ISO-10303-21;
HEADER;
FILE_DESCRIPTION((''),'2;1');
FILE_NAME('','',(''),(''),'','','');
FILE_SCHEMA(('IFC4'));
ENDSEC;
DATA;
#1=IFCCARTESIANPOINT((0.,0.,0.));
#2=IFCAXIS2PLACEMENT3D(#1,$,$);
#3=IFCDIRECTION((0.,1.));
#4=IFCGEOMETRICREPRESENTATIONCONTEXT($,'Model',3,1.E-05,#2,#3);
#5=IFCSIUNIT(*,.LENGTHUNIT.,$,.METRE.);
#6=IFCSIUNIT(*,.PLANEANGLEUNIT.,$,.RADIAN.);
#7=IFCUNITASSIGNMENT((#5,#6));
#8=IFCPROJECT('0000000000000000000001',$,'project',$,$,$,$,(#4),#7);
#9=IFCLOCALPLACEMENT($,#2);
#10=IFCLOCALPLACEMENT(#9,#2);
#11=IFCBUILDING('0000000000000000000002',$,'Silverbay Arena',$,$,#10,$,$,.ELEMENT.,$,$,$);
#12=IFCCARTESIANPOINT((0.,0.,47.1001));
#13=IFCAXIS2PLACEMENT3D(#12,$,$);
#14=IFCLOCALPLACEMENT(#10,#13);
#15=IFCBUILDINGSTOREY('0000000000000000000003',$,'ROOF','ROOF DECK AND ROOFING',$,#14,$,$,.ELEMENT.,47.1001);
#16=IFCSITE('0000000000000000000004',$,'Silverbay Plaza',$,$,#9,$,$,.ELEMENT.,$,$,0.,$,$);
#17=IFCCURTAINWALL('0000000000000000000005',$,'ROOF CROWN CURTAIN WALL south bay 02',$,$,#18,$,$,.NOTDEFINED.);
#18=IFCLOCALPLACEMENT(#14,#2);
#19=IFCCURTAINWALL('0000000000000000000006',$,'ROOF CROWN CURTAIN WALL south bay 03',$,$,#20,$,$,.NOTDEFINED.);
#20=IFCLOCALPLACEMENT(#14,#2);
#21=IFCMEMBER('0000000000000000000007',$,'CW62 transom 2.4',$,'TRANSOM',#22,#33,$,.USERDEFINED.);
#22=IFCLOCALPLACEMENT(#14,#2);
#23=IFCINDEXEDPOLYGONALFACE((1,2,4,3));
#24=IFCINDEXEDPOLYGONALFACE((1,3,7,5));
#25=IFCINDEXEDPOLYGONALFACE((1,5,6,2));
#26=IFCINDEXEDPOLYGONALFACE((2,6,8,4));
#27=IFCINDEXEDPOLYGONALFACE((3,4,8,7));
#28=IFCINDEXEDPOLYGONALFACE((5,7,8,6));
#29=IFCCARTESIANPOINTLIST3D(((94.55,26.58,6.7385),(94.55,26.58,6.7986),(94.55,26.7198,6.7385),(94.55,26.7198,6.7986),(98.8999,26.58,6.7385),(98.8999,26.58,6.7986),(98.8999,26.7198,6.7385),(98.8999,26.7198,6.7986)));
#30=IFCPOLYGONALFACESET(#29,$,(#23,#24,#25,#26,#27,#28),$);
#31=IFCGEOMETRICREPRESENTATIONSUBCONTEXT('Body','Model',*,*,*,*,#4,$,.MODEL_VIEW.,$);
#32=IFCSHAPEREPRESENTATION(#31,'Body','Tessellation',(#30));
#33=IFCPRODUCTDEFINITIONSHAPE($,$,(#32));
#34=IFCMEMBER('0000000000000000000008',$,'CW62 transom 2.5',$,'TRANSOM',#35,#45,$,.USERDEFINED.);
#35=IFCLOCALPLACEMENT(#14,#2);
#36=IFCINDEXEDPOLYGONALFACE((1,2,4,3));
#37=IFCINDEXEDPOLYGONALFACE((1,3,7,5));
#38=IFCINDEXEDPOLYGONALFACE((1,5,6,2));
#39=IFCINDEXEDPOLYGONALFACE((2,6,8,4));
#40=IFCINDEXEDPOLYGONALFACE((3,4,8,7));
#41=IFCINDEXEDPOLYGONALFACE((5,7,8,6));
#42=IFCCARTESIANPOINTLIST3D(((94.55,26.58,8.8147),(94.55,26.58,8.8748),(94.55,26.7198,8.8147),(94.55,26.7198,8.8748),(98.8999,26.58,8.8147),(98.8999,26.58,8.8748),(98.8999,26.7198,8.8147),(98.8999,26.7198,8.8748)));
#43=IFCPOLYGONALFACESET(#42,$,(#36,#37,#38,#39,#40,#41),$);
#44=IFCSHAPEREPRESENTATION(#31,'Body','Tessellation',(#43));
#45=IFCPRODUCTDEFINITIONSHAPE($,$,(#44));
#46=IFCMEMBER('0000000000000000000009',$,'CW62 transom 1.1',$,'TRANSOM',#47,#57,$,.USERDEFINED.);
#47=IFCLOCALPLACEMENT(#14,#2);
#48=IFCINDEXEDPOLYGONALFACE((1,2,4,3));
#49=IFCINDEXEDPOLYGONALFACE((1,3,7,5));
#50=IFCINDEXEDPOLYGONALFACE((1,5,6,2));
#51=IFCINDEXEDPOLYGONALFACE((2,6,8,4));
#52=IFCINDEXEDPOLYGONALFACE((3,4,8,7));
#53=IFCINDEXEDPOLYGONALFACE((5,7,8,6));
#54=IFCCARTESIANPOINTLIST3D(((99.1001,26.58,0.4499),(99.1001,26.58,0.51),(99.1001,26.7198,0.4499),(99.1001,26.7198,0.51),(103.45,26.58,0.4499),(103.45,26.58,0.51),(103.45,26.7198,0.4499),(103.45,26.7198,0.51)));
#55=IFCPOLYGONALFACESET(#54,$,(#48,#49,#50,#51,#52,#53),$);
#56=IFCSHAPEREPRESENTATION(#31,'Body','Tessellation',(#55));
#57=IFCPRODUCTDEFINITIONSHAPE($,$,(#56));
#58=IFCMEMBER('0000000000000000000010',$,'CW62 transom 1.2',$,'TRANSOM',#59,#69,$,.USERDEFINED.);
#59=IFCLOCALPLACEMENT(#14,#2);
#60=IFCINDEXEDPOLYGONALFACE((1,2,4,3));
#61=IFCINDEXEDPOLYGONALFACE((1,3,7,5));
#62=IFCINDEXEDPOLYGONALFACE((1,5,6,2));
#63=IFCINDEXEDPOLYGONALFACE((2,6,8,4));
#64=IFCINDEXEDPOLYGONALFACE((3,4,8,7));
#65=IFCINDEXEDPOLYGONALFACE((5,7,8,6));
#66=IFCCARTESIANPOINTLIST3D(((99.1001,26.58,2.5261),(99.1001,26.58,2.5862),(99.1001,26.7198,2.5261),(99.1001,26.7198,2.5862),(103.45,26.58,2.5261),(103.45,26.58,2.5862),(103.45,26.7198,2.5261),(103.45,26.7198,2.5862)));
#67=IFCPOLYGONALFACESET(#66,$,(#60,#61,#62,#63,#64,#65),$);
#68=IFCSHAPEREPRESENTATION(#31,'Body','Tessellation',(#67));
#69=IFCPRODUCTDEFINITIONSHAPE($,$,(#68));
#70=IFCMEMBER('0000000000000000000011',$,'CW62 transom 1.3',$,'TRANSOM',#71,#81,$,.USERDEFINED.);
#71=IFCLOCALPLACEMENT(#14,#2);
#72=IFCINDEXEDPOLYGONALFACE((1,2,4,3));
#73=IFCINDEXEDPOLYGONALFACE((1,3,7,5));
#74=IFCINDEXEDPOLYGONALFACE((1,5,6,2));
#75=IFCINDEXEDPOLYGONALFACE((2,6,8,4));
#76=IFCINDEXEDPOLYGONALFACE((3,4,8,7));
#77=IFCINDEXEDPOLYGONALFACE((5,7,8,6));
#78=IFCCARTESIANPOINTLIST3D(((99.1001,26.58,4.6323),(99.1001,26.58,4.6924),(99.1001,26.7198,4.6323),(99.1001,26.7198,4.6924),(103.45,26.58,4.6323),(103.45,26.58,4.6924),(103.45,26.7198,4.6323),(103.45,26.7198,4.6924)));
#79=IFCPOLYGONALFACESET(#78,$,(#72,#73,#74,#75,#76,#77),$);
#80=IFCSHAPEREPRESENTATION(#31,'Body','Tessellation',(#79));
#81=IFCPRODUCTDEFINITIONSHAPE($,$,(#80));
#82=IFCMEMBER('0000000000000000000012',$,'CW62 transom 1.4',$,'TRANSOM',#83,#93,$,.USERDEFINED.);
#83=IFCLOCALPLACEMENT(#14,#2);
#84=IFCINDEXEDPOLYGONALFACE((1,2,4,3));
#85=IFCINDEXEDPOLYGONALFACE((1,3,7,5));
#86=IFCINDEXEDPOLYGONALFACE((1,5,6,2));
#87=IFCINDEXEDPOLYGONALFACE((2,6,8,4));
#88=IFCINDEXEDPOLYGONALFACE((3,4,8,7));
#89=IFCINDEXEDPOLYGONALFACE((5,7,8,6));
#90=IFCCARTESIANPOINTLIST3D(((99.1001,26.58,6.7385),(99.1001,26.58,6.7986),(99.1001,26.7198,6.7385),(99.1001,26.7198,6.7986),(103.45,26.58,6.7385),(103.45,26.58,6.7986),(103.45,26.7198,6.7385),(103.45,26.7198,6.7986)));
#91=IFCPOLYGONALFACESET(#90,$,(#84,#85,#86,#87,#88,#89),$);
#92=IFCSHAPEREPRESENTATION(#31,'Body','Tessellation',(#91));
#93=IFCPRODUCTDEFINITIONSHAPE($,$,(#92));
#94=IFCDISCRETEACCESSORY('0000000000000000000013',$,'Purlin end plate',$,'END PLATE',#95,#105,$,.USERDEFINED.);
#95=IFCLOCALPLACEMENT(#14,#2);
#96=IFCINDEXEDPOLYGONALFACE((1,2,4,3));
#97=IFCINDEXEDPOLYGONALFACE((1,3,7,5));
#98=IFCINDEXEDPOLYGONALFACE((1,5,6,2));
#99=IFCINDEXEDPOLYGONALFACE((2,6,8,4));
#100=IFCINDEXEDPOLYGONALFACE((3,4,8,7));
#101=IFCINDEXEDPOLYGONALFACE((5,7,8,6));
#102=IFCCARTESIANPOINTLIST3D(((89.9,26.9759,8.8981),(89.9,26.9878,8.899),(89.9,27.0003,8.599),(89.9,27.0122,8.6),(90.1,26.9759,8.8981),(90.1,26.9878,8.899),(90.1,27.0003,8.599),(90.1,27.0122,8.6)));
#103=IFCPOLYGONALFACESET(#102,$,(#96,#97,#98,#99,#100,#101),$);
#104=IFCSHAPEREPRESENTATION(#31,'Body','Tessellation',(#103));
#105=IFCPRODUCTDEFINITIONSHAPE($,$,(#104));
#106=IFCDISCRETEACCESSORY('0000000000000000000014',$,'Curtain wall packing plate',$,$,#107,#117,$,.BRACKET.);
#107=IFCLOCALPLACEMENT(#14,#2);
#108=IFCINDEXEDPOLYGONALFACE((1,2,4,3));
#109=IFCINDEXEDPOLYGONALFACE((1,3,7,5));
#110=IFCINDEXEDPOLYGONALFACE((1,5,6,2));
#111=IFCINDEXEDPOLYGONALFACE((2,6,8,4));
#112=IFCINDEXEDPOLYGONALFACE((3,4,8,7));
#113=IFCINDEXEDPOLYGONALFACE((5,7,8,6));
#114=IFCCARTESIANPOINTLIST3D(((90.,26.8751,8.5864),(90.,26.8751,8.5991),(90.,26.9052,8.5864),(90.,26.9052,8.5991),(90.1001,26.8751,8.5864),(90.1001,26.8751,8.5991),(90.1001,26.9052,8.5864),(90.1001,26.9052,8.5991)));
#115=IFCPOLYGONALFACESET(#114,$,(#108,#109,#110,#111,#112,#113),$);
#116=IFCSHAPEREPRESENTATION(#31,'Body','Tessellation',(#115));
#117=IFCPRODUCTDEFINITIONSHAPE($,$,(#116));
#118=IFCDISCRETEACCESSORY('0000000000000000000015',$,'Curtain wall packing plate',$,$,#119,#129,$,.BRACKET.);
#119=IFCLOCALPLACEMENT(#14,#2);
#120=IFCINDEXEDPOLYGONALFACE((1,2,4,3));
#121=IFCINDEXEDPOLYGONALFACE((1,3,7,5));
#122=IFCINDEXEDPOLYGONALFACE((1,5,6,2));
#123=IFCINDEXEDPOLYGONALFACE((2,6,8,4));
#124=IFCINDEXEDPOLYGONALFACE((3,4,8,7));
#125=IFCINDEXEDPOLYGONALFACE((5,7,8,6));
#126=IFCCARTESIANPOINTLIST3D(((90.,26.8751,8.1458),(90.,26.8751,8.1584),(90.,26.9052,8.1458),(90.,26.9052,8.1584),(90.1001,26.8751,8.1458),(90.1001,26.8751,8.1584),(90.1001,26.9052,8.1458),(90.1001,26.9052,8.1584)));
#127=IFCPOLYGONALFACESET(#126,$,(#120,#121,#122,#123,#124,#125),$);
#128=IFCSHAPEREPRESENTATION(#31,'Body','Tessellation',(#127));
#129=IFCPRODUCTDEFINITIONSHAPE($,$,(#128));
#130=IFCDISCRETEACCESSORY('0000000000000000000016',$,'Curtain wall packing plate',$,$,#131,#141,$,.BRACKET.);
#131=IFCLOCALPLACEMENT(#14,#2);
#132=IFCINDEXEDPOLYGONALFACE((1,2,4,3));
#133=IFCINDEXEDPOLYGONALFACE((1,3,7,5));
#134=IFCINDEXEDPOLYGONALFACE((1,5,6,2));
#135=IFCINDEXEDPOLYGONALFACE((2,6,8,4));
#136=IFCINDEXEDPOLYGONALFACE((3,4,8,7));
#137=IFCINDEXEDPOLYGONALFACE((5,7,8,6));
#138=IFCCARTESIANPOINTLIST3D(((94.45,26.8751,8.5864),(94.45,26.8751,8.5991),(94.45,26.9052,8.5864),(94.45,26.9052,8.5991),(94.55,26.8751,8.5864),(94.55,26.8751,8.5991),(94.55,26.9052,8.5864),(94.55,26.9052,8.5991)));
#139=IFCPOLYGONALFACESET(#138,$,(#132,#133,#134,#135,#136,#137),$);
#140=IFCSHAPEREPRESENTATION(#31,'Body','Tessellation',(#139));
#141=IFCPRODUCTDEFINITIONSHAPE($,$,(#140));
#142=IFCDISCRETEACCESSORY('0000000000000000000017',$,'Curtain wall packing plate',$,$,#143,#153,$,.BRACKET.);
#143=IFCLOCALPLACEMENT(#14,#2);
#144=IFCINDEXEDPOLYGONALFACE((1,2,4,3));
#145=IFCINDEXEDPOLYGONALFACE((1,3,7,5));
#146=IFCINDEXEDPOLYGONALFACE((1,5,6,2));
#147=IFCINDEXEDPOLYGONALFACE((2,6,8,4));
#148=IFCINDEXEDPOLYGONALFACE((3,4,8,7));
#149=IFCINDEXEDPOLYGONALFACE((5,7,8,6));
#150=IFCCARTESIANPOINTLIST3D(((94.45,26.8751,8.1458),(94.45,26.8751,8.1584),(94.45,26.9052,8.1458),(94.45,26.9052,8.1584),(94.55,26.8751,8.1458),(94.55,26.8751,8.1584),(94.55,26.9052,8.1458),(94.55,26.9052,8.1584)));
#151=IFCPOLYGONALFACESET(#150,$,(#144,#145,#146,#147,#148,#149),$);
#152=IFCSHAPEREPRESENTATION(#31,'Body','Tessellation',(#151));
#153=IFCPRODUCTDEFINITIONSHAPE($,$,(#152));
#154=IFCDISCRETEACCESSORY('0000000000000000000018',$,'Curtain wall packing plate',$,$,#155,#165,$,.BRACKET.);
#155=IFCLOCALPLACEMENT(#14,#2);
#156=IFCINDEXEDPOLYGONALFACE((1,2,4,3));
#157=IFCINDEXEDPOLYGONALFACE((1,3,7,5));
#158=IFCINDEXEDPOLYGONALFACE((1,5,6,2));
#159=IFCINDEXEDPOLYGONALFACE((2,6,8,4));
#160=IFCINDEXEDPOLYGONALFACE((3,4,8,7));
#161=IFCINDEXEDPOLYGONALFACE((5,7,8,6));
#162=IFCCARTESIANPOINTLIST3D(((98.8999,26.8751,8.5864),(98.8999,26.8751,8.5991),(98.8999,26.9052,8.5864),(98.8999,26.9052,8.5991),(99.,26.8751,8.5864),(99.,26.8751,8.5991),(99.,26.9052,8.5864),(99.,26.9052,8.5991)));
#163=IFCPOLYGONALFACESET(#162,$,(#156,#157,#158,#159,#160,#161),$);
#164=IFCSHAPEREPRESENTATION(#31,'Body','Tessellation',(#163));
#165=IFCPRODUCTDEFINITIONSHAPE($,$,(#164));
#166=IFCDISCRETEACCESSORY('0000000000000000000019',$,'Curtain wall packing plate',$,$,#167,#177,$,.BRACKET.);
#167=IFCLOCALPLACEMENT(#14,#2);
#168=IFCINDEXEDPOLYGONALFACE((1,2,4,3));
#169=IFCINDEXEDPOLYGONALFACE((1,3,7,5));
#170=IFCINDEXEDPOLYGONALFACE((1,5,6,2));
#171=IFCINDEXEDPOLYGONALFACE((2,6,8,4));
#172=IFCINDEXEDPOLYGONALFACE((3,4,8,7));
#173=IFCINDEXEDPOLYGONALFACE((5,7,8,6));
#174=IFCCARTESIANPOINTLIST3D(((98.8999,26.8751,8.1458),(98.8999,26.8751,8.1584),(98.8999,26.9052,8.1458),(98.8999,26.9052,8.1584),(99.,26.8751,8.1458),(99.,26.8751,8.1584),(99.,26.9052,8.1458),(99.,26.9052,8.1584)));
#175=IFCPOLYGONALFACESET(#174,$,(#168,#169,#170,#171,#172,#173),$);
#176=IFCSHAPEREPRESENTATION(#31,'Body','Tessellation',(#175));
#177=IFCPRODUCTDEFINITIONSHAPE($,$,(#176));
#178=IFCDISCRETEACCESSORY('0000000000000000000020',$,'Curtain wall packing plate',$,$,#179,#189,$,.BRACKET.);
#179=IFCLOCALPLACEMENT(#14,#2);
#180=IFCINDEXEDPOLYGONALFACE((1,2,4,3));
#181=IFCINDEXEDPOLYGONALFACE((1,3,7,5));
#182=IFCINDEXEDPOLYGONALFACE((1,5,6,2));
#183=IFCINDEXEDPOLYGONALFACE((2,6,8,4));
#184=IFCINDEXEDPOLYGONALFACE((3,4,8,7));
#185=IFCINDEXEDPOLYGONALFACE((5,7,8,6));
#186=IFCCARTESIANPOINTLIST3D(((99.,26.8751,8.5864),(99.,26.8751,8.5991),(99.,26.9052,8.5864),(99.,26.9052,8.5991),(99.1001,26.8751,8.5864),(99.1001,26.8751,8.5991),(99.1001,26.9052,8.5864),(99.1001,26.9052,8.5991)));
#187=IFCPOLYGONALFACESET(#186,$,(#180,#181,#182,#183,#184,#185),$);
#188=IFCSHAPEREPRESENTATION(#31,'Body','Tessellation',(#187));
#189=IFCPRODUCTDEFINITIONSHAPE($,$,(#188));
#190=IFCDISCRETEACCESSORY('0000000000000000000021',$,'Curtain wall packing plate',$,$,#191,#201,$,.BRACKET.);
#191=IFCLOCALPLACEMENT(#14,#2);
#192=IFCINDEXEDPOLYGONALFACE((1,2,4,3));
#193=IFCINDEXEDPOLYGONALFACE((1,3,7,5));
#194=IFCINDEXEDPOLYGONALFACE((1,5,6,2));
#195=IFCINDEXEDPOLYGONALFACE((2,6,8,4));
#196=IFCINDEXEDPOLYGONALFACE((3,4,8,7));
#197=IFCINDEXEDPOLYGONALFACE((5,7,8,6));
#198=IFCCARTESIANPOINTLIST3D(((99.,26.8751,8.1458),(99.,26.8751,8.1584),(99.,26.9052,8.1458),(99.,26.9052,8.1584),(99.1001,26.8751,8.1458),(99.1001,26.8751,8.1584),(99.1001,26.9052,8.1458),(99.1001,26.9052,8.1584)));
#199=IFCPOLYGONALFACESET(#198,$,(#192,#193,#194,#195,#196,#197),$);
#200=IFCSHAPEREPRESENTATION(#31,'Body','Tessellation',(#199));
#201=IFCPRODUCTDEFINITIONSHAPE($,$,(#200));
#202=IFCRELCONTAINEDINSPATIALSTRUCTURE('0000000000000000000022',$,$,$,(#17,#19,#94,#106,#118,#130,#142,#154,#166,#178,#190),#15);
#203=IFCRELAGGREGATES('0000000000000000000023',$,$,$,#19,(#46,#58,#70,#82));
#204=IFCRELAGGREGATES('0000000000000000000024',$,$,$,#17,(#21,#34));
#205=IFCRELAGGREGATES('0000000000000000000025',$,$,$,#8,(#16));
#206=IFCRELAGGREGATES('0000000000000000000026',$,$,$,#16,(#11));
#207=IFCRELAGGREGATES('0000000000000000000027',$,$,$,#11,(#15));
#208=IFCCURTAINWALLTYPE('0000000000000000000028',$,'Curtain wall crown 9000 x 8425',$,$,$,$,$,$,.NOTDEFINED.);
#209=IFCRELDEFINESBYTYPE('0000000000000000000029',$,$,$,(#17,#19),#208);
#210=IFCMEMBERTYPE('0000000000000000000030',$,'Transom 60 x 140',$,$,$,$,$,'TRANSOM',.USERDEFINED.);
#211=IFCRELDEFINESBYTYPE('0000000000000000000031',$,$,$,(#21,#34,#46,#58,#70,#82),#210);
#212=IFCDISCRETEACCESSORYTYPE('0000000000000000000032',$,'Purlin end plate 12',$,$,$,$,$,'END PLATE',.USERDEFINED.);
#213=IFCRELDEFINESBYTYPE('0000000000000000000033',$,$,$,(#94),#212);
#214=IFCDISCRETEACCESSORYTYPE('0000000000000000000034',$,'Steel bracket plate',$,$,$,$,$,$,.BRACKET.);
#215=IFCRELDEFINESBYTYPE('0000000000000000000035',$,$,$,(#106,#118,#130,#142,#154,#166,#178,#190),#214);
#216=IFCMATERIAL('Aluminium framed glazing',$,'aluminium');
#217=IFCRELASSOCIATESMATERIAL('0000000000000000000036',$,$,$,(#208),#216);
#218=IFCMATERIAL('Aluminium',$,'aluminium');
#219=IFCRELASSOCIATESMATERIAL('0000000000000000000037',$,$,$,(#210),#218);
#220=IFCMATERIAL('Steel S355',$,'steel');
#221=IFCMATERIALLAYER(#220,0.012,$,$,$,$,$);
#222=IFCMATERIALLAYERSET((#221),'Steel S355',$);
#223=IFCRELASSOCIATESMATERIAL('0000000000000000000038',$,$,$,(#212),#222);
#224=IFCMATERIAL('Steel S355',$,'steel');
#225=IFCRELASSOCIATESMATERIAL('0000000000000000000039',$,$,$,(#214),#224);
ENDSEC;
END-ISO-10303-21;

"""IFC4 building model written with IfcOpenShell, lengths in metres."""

from ifc_helpers import new_model, si_unit, direction, frame, origin, origin_2d, place, context, subcontext, project, spatial, rectangle, extrude, material, layer, layer_set, material_profile, profile_set, type_object, element, aggregate, save


model = new_model("IFC4")

# Units and contexts
model_context = context("Model", 3, precision=1e-05, world=origin(), true_north=direction((0.0, 1.0)))
body_context = subcontext(model_context, "Body", "Model", "MODEL_VIEW")
ifc_project = project(units=[si_unit("LENGTHUNIT", "METRE"), si_unit("PLANEANGLEUNIT", "RADIAN")], contexts=[model_context])

# Site, building, storey
site_placement = place(None, origin())
site = spatial("IfcSite", under=ifc_project, at=site_placement, Name="Silverbay Plaza", CompositionType="ELEMENT", RefElevation=0.0)
building_placement = place(site_placement, origin())
building = spatial("IfcBuilding", under=site, at=building_placement, Name="Silverbay Arena", CompositionType="ELEMENT")
storey_placement = place(building_placement, frame((0.0, 0.0, 47.1001)))
storey = spatial("IfcBuildingStorey", under=building, at=storey_placement, Name="ROOF", Description="ROOF DECK AND ROOFING", CompositionType="ELEMENT", Elevation=47.1001)

# Curtain wall
ifc_material_1 = material(Name="Aluminium framed glazing", Category="aluminium")
curtain_wall_type = type_object("IfcCurtainWallType", Name="Curtain wall crown 9000 x 8425", PredefinedType="NOTDEFINED", material=ifc_material_1)
curtain_wall_1_placement = place(storey_placement, origin())
curtain_wall_1 = element("IfcCurtainWall", 1, at=curtain_wall_1_placement, inside=storey, type_object=curtain_wall_type, Name="ROOF CROWN CURTAIN WALL south bay 02", PredefinedType="NOTDEFINED")
placement = place(building_placement, frame((0.0, 0.0, 33.5)))

# Curtain wall
curtain_wall_2_placement = place(storey_placement, origin())
curtain_wall_2 = element("IfcCurtainWall", 2, at=curtain_wall_2_placement, inside=storey, type_object=curtain_wall_type, Name="ROOF CROWN CURTAIN WALL south bay 03", PredefinedType="NOTDEFINED")

# Members
ifc_material_2 = material(Name="Aluminium", Category="aluminium")
ifc_material_profile_1 = material_profile(ifc_material_2, rectangle(XDim=0.1399, YDim=0.0601, at=origin_2d()), Name="Transom 60 x 140")
ifc_profile_set_1 = profile_set([ifc_material_profile_1], Name="Aluminium")
member_type_1 = type_object("IfcMemberType", Name="Transom 60 x 140", ElementType="TRANSOM", PredefinedType="USERDEFINED", material=ifc_profile_set_1)
member_1_placement = place(placement, frame((94.55, 26.6499, 20.3687), z_axis=(1.0, 0.0, 0.0), x_axis=(0.0, 1.0, 0.0)))
member_1 = element("IfcMember", 3, at=member_1_placement, type_object=member_type_1, Name="CW62 transom 2.4", ObjectType="TRANSOM", PredefinedType="USERDEFINED", context=body_context, shape_type="SweptSolid", body=[
    extrude(rectangle(XDim=0.1399, YDim=0.0601, at=origin_2d()), origin(), (0.0, 0.0, 1.0), 4.3499),
])
member_2_placement = place(placement, frame((94.55, 26.6499, 22.4448), z_axis=(1.0, 0.0, 0.0), x_axis=(0.0, 1.0, 0.0)))
member_2 = element("IfcMember", 4, at=member_2_placement, type_object=member_type_1, Name="CW62 transom 2.5", ObjectType="TRANSOM", PredefinedType="USERDEFINED", context=body_context, shape_type="SweptSolid", body=[
    extrude(rectangle(XDim=0.1399, YDim=0.0601, at=origin_2d()), origin(), (0.0, 0.0, 1.0), 4.3499),
])
member_3_placement = place(placement, frame((99.1001, 26.6499, 14.0801), z_axis=(1.0, 0.0, 0.0), x_axis=(0.0, 1.0, 0.0)))
member_3 = element("IfcMember", 5, at=member_3_placement, type_object=member_type_1, Name="CW62 transom 1.1", ObjectType="TRANSOM", PredefinedType="USERDEFINED", context=body_context, shape_type="SweptSolid", body=[
    extrude(rectangle(XDim=0.1399, YDim=0.0601, at=origin_2d()), origin(), (0.0, 0.0, 1.0), 4.3499),
])
member_4_placement = place(placement, frame((99.1001, 26.6499, 16.1562), z_axis=(1.0, 0.0, 0.0), x_axis=(0.0, 1.0, 0.0)))
member_4 = element("IfcMember", 6, at=member_4_placement, type_object=member_type_1, Name="CW62 transom 1.2", ObjectType="TRANSOM", PredefinedType="USERDEFINED", context=body_context, shape_type="SweptSolid", body=[
    extrude(rectangle(XDim=0.1399, YDim=0.0601, at=origin_2d()), origin(), (0.0, 0.0, 1.0), 4.3499),
])
member_5_placement = place(placement, frame((99.1001, 26.6499, 18.2625), z_axis=(1.0, 0.0, 0.0), x_axis=(0.0, 1.0, 0.0)))
member_5 = element("IfcMember", 7, at=member_5_placement, type_object=member_type_1, Name="CW62 transom 1.3", ObjectType="TRANSOM", PredefinedType="USERDEFINED", context=body_context, shape_type="SweptSolid", body=[
    extrude(rectangle(XDim=0.1399, YDim=0.0601, at=origin_2d()), origin(), (0.0, 0.0, 1.0), 4.3499),
])
member_6_placement = place(placement, frame((99.1001, 26.6499, 20.3687), z_axis=(1.0, 0.0, 0.0), x_axis=(0.0, 1.0, 0.0)))
member_6 = element("IfcMember", 8, at=member_6_placement, type_object=member_type_1, Name="CW62 transom 1.4", ObjectType="TRANSOM", PredefinedType="USERDEFINED", context=body_context, shape_type="SweptSolid", body=[
    extrude(rectangle(XDim=0.1399, YDim=0.0601, at=origin_2d()), origin(), (0.0, 0.0, 1.0), 4.3499),
])
aggregate(curtain_wall_2, [member_3, member_4, member_5, member_6])

aggregate(curtain_wall_1, [member_1, member_2])

# Discrete accessories
ifc_material_3 = material(Name="Steel S355", Category="steel")
ifc_layer_1 = layer(ifc_material_3, 0.012)
ifc_layer_set_1 = layer_set([ifc_layer_1], Name="Steel S355")
discrete_accessory_type_1 = type_object("IfcDiscreteAccessoryType", Name="Purlin end plate 12", ElementType="END PLATE", PredefinedType="USERDEFINED", material=ifc_layer_set_1)
discrete_accessory_placement = place(storey_placement, frame((90.0, 27.0, 8.7495), z_axis=(0.0, -0.996685, -0.081362), x_axis=(1.0, 0.0, 0.0)))
element("IfcDiscreteAccessory", 9, at=discrete_accessory_placement, inside=storey, type_object=discrete_accessory_type_1, Name="Purlin end plate", ObjectType="END PLATE", PredefinedType="USERDEFINED", context=body_context, shape_type="SweptSolid", body=[
    extrude(rectangle(XDim=0.2, YDim=0.3, at=origin_2d()), origin(), (0.0, 0.0, 1.0), 0.012),
])
ifc_material_4 = material(Name="Steel S355", Category="steel")
discrete_accessory_type_2 = type_object("IfcDiscreteAccessoryType", Name="Steel bracket plate", PredefinedType="BRACKET", material=ifc_material_4)
for number, where, z_axis, x_axis, name in (
    (10, (90.05, 26.8901, 8.5864), (0.0, 0.0, 1.0), (1.0, 0.0, 0.0), "Curtain wall packing plate"),
    (11, (90.05, 26.8901, 8.1458), (0.0, 0.0, 1.0), (1.0, 0.0, 0.0), "Curtain wall packing plate"),
    (12, (94.5, 26.8901, 8.5864), (0.0, 0.0, 1.0), (1.0, 0.0, 0.0), "Curtain wall packing plate"),
    (13, (94.5, 26.8901, 8.1458), (0.0, 0.0, 1.0), (1.0, 0.0, 0.0), "Curtain wall packing plate"),
    (14, (98.95, 26.8901, 8.5864), (0.0, 0.0, 1.0), (1.0, 0.0, 0.0), "Curtain wall packing plate"),
    (15, (98.95, 26.8901, 8.1458), (0.0, 0.0, 1.0), (1.0, 0.0, 0.0), "Curtain wall packing plate"),
    (16, (99.05, 26.8901, 8.5864), (0.0, 0.0, 1.0), (1.0, 0.0, 0.0), "Curtain wall packing plate"),
    (17, (99.05, 26.8901, 8.1458), (0.0, 0.0, 1.0), (1.0, 0.0, 0.0), "Curtain wall packing plate"),
):
    element("IfcDiscreteAccessory", number, at=place(storey_placement, frame(where, z_axis=z_axis, x_axis=x_axis)), inside=storey, type_object=discrete_accessory_type_2, Name=name, PredefinedType="BRACKET", context=body_context, shape_type="SweptSolid", body=[
        extrude(rectangle(XDim=0.1001, YDim=0.03, at=origin_2d()), origin(), (0.0, 0.0, 1.0), 0.0127),
    ])

save(model, "model.ifc")
